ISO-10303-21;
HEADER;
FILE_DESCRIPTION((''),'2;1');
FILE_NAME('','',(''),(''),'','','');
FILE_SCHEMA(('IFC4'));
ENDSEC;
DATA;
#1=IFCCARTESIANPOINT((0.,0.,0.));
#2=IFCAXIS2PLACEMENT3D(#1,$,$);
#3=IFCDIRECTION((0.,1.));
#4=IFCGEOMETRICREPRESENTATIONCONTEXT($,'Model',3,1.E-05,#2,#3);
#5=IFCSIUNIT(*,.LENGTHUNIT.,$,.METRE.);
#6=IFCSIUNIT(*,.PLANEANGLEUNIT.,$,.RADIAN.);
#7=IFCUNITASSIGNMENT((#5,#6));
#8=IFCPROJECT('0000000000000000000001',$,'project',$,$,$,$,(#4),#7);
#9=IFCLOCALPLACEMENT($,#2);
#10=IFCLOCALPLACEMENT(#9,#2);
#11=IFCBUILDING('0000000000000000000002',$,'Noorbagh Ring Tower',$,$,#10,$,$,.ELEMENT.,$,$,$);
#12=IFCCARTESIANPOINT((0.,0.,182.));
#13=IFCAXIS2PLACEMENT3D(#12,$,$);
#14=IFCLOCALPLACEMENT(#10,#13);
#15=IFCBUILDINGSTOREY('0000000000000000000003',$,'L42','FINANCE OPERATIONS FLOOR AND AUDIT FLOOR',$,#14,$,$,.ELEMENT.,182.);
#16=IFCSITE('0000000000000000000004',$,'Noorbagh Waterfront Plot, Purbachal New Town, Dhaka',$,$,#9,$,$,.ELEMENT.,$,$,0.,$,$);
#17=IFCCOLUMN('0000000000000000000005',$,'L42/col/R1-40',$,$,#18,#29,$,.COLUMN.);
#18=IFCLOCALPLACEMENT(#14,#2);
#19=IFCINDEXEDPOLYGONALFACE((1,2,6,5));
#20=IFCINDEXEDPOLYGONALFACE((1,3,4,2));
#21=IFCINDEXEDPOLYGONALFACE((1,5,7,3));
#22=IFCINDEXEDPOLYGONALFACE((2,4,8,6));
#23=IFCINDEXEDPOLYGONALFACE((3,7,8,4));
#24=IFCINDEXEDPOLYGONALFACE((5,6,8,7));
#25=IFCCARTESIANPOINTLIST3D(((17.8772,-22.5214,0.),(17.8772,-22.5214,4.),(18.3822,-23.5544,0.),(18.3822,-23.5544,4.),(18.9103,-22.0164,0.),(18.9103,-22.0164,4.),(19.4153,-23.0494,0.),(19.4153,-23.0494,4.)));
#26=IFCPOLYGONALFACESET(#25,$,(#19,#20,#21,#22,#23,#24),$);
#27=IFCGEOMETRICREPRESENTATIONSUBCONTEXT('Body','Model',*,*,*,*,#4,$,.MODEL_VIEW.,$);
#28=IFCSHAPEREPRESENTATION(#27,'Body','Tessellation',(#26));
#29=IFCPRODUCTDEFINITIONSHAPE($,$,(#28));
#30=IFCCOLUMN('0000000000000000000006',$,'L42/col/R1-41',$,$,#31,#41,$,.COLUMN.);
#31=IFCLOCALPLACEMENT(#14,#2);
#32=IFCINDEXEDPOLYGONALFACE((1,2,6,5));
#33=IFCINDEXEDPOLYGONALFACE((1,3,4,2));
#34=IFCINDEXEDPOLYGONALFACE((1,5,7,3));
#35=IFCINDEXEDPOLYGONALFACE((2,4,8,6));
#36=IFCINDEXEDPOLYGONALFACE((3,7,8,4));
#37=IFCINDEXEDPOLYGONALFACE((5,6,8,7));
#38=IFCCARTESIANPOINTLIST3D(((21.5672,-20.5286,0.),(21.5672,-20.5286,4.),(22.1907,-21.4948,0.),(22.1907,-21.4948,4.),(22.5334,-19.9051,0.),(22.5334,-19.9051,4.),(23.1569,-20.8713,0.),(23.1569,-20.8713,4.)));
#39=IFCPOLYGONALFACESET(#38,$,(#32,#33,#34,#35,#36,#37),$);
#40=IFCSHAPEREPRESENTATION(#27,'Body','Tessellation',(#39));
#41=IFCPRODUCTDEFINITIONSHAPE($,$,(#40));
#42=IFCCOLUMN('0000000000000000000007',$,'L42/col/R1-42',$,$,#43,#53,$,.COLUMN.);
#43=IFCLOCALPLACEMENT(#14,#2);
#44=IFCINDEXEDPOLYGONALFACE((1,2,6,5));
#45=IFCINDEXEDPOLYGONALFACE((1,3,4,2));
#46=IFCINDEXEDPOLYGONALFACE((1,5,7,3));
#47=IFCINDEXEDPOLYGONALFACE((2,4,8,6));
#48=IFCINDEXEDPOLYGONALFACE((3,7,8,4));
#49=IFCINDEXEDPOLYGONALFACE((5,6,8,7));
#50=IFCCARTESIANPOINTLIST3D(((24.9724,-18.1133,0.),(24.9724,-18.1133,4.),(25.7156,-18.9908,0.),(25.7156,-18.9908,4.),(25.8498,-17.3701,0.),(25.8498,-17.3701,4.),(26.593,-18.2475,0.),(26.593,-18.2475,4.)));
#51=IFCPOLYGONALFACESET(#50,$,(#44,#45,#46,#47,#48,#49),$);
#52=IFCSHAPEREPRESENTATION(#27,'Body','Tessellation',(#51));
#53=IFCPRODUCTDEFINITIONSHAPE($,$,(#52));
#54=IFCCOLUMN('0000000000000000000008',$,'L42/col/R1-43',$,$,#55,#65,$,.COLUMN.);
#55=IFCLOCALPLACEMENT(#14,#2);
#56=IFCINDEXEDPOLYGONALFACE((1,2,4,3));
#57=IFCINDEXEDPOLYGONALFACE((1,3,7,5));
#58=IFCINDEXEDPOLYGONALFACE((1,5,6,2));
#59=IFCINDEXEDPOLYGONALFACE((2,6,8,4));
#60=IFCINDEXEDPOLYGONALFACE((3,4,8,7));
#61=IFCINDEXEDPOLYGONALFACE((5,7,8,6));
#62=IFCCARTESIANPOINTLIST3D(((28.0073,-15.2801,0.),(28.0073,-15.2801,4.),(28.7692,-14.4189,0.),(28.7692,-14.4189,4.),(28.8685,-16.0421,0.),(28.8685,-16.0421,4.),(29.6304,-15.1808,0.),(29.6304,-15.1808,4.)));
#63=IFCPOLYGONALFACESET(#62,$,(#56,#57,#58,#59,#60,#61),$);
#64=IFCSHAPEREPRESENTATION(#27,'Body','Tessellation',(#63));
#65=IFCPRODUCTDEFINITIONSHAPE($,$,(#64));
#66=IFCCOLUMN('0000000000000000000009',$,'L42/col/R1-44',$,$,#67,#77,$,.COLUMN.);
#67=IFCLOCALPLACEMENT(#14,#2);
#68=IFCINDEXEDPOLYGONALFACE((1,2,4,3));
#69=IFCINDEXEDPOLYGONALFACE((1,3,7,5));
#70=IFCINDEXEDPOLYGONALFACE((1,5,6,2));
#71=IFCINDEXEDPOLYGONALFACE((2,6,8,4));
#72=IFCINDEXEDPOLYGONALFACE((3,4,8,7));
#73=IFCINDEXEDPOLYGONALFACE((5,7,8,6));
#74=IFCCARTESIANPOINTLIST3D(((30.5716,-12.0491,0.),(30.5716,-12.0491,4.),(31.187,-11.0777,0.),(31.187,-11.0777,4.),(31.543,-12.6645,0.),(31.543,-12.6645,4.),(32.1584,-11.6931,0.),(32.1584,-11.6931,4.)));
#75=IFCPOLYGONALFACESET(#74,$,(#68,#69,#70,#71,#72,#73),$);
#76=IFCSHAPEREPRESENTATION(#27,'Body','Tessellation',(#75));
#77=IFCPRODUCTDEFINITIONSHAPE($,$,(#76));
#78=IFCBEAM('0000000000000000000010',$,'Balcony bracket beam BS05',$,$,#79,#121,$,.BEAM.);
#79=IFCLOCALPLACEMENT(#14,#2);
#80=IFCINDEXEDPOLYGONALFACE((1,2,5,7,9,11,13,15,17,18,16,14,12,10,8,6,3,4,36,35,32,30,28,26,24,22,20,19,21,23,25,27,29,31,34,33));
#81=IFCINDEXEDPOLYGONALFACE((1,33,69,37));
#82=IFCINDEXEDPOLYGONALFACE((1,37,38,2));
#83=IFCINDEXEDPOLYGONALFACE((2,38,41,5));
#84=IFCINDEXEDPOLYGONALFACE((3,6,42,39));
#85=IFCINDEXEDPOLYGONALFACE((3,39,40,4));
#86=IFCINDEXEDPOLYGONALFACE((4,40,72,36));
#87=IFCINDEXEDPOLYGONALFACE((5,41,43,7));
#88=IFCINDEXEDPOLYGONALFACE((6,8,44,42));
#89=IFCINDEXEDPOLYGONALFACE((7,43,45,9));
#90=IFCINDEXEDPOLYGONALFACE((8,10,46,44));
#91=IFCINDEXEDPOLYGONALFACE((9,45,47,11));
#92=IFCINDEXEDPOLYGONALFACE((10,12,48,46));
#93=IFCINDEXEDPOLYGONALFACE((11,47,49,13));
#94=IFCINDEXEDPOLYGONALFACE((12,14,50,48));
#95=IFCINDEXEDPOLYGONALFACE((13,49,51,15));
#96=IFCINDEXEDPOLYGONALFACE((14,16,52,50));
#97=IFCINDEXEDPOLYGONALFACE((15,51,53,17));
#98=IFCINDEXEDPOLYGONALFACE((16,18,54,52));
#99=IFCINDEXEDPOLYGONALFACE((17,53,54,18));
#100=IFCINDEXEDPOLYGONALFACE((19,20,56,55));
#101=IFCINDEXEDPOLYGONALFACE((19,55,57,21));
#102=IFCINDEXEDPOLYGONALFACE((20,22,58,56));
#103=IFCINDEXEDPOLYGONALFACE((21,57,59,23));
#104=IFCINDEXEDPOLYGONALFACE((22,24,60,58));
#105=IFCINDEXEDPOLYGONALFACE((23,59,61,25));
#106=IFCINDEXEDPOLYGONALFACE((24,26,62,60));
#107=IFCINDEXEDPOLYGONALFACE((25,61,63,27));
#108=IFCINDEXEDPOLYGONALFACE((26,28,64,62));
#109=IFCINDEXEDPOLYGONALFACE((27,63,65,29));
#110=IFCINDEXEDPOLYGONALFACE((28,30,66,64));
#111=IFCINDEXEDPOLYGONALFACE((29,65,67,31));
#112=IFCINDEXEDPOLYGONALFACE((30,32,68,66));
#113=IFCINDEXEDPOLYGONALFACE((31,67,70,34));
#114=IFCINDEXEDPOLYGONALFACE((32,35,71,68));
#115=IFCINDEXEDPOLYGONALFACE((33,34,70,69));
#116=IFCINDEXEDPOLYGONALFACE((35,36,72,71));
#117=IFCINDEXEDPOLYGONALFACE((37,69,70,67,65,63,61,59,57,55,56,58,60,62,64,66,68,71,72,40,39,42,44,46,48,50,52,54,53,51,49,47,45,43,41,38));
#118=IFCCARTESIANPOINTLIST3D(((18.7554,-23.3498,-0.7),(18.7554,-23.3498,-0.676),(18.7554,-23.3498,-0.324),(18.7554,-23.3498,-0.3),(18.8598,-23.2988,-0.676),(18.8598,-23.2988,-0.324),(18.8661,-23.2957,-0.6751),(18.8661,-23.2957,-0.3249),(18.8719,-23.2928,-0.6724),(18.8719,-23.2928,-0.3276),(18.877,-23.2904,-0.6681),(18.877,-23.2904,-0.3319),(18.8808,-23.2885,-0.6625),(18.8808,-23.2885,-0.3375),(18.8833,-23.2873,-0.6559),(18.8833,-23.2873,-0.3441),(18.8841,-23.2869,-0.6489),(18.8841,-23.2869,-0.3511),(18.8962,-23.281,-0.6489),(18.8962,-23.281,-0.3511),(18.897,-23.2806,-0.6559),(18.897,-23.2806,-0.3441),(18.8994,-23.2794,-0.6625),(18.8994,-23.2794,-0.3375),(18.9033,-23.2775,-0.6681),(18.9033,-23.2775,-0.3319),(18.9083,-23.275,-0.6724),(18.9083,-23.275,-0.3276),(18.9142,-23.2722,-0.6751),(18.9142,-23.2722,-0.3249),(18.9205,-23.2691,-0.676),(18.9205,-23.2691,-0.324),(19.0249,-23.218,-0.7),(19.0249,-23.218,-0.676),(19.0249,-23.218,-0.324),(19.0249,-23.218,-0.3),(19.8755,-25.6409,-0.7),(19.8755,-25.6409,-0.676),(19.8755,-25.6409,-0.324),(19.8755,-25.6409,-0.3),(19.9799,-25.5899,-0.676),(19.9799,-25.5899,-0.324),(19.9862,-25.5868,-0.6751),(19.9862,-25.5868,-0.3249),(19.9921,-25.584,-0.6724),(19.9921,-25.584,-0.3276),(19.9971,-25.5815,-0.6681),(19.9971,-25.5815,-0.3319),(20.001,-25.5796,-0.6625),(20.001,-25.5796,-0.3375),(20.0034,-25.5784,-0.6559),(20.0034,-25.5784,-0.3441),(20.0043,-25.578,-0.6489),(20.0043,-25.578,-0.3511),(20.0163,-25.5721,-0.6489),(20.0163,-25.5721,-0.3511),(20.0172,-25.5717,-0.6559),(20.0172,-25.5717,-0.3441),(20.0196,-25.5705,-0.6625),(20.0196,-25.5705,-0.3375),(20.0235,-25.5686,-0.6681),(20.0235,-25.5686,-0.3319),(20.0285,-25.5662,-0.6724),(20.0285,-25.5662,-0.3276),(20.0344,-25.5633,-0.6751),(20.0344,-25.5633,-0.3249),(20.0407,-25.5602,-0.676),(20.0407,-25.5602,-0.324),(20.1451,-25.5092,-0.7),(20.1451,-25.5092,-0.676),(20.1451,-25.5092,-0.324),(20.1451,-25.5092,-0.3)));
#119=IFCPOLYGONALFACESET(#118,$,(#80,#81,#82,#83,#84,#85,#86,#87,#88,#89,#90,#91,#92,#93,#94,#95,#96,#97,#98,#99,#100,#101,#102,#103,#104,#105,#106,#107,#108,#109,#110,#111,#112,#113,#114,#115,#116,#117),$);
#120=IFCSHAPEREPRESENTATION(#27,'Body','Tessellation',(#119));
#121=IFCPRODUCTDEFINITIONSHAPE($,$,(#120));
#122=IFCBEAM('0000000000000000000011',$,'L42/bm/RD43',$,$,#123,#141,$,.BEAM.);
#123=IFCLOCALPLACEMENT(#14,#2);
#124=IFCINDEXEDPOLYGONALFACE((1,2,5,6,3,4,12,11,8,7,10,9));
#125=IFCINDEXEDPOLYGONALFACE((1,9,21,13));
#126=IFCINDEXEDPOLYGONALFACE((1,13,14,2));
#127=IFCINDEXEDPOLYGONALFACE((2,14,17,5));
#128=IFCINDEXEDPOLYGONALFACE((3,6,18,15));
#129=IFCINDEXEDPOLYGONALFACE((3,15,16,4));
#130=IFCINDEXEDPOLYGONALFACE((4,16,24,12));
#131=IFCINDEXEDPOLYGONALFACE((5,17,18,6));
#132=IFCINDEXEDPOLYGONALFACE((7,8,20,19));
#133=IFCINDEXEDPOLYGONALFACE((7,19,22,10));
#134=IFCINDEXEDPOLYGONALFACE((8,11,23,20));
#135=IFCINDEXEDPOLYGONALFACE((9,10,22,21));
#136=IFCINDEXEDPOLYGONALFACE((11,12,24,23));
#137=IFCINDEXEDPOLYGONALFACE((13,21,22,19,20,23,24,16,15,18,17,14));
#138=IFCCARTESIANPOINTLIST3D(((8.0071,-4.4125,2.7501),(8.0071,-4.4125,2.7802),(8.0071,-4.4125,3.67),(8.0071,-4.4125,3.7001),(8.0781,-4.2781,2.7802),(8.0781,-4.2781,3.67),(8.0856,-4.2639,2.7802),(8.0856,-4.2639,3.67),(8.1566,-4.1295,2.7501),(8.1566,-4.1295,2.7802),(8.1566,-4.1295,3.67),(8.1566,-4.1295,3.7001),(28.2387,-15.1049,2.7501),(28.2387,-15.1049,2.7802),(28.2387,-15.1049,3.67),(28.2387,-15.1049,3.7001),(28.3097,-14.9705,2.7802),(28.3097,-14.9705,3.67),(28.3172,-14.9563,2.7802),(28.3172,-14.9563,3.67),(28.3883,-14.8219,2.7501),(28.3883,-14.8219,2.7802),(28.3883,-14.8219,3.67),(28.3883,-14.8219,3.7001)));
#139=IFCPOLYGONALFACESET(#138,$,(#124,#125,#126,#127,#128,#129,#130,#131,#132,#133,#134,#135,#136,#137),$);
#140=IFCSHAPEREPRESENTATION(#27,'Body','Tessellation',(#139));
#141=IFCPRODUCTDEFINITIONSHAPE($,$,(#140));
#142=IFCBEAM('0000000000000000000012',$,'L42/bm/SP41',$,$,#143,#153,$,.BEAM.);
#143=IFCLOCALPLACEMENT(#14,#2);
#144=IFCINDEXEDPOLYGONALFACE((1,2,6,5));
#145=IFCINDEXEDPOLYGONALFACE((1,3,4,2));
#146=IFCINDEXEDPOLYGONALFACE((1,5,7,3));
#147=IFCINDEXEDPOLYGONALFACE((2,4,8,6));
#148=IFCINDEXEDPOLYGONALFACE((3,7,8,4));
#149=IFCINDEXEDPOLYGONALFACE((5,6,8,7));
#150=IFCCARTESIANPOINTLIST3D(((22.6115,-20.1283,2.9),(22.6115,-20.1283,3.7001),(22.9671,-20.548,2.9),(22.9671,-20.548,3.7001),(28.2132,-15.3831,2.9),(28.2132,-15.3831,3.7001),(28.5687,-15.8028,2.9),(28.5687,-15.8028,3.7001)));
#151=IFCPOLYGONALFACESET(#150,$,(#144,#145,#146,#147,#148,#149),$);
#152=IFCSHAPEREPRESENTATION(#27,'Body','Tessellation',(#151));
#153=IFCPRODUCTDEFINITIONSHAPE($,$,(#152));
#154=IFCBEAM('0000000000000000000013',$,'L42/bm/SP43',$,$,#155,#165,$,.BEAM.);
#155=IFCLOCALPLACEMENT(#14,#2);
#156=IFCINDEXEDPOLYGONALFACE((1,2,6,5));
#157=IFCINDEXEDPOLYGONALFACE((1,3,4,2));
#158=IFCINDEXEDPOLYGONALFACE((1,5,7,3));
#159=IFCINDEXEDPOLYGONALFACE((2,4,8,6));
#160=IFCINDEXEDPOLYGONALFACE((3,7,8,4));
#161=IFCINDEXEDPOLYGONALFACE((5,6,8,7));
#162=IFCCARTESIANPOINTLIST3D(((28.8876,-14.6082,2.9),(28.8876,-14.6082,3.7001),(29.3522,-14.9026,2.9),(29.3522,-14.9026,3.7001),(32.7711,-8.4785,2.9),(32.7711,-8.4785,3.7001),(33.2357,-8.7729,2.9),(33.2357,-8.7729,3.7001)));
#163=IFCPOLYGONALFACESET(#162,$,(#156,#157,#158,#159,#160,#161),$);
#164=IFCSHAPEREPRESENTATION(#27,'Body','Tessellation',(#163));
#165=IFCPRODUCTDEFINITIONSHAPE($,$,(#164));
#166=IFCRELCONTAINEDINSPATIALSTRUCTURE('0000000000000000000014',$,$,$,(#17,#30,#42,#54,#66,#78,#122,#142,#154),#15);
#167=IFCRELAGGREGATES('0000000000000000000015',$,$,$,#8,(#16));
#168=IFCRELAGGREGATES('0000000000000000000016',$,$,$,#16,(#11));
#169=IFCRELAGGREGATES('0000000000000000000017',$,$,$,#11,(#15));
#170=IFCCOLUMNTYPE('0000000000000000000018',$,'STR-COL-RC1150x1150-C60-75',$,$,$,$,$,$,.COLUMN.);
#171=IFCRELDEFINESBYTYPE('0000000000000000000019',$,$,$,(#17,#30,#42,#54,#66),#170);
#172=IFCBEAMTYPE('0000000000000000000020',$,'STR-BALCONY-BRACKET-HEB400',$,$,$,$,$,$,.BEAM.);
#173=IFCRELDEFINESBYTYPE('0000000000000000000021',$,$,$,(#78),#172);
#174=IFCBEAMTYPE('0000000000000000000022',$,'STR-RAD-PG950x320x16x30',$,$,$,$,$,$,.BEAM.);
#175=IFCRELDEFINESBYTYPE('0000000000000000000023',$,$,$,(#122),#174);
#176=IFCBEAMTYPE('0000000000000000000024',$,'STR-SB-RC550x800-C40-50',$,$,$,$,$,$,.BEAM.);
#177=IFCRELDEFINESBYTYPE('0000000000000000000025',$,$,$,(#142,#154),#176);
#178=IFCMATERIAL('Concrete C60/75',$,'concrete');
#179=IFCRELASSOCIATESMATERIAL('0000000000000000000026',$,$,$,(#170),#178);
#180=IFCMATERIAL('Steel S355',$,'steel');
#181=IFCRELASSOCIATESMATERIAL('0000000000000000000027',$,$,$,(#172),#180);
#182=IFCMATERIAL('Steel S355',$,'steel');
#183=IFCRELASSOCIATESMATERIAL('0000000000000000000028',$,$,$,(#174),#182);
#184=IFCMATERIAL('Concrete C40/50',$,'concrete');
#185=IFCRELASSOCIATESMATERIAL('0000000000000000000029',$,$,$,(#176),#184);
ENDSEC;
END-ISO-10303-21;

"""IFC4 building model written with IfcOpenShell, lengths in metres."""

from ifc_helpers import new_model, si_unit, direction, frame, origin, origin_2d, place, context, subcontext, project, spatial, rectangle, i_section, extrude, material, material_profile, profile_set, type_object, element, save


model = new_model("IFC4")

# Units and contexts
model_context = context("Model", 3, precision=1e-05, world=origin(), true_north=direction((0.0, 1.0)))
body_context = subcontext(model_context, "Body", "Model", "MODEL_VIEW")
ifc_project = project(units=[si_unit("LENGTHUNIT", "METRE"), si_unit("PLANEANGLEUNIT", "RADIAN")], contexts=[model_context])

# Site, building, storey
site_placement = place(None, origin())
site = spatial("IfcSite", under=ifc_project, at=site_placement, Name="Noorbagh Waterfront Plot, Purbachal New Town, Dhaka", CompositionType="ELEMENT", RefElevation=0.0)
building_placement = place(site_placement, origin())
building = spatial("IfcBuilding", under=site, at=building_placement, Name="Noorbagh Ring Tower", CompositionType="ELEMENT")
storey_placement = place(building_placement, frame((0.0, 0.0, 182.0)))
storey = spatial("IfcBuildingStorey", under=building, at=storey_placement, Name="L42", Description="FINANCE OPERATIONS FLOOR AND AUDIT FLOOR", CompositionType="ELEMENT", Elevation=182.0)

# Columns
ifc_material_1 = material(Name="Concrete C60/75", Category="concrete")
ifc_material_profile_1 = material_profile(ifc_material_1, rectangle(XDim=1.1499, YDim=1.1499, at=origin_2d()), Name="RC1150x1150")
ifc_profile_set_1 = profile_set([ifc_material_profile_1], Name="Concrete C60/75")
column_type = type_object("IfcColumnType", Name="STR-COL-RC1150x1150-C60-75", PredefinedType="COLUMN", material=ifc_profile_set_1)
for number, where, z_axis, x_axis, name in (
    (1, (18.6462, -22.7854, 0.0), (0.0, 0.0, 1.0), (0.898399, 0.43918, 0.0), "L42/col/R1-40"),
    (2, (22.3621, -20.7, 0.0), (0.0, 0.0, 1.0), (0.840248, 0.542203, 0.0), "L42/col/R1-41"),
    (3, (25.7827, -18.1804, 0.0), (0.0, 0.0, 1.0), (0.763035, 0.646357, 0.0), "L42/col/R1-42"),
    (4, (28.8188, -15.2305, 0.0), (0.0, 0.0, 1.0), (0.662636, 0.748942, 0.0), "L42/col/R1-43"),
    (5, (31.365, -11.8711, 0.0), (0.0, 0.0, 1.0), (0.53519, 0.844731, 0.0), "L42/col/R1-44"),
):
    element("IfcColumn", number, at=place(storey_placement, frame(where, z_axis=z_axis, x_axis=x_axis)), inside=storey, type_object=column_type, Name=name, PredefinedType="COLUMN", context=body_context, shape_type="SweptSolid", body=[
        extrude(rectangle(XDim=1.1499, YDim=1.1499, at=origin_2d()), origin(), (0.0, 0.0, 1.0), 4.0),
    ])

# Beams
ifc_material_2 = material(Name="Steel S355", Category="steel")
ifc_material_profile_2 = material_profile(ifc_material_2, i_section(OverallWidth=0.3, OverallDepth=0.3999, WebThickness=0.0134, FlangeThickness=0.0239, FilletRadius=0.0271, at=origin_2d()), Name="HEB400")
ifc_profile_set_2 = profile_set([ifc_material_profile_2], Name="Steel S355")
beam_type_1 = type_object("IfcBeamType", Name="STR-BALCONY-BRACKET-HEB400", PredefinedType="BEAM", material=ifc_profile_set_2)
beam_1_placement = place(storey_placement, frame((18.8901, -23.2839, -0.5), z_axis=(0.439231, -0.898374, 0.0), x_axis=(0.898374, 0.439231, 0.0)))
element("IfcBeam", 6, at=beam_1_placement, inside=storey, type_object=beam_type_1, Name="Balcony bracket beam BS05", PredefinedType="BEAM", context=body_context, shape_type="SweptSolid", body=[
    extrude(i_section(OverallWidth=0.3, OverallDepth=0.3999, WebThickness=0.0134, FlangeThickness=0.0239, FilletRadius=0.0271, at=origin_2d()), origin(), (0.0, 0.0, 1.0), 2.5503),
])
ifc_material_3 = material(Name="Steel S355", Category="steel")
ifc_material_profile_3 = material_profile(ifc_material_3, i_section(OverallWidth=0.3201, OverallDepth=0.95, WebThickness=0.0161, FlangeThickness=0.03, at=origin_2d()), Name="PG950x320x16x30")
ifc_profile_set_3 = profile_set([ifc_material_profile_3], Name="Steel S355")
beam_type_2 = type_object("IfcBeamType", Name="STR-RAD-PG950x320x16x30", PredefinedType="BEAM", material=ifc_profile_set_3)
beam_2_placement = place(storey_placement, frame((28.3135, -14.9634, 3.2251), z_axis=(-0.884122, 0.467256, 0.0), x_axis=(-0.467256, -0.884122, 0.0)))
element("IfcBeam", 7, at=beam_2_placement, inside=storey, type_object=beam_type_2, Name="L42/bm/RD43", PredefinedType="BEAM", context=body_context, shape_type="SweptSolid", body=[
    extrude(i_section(OverallWidth=0.3201, OverallDepth=0.95, WebThickness=0.0161, FlangeThickness=0.03, at=origin_2d()), origin(), (0.0, 0.0, 1.0), 22.8833),
])
ifc_material_4 = material(Name="Concrete C40/50", Category="concrete")
ifc_material_profile_4 = material_profile(ifc_material_4, rectangle(XDim=0.55, YDim=0.8, at=origin_2d()), Name="RC550x800")
ifc_profile_set_4 = profile_set([ifc_material_profile_4], Name="Concrete C40/50")
beam_type_3 = type_object("IfcBeamType", Name="STR-SB-RC550x800-C40-50", PredefinedType="BEAM", material=ifc_profile_set_4)
beam_3_placement = place(storey_placement, frame((22.7893, -20.3381, 3.3), z_axis=(0.763028, 0.646366, 0.0), x_axis=(-0.646366, 0.763028, 0.0)))
element("IfcBeam", 8, at=beam_3_placement, inside=storey, type_object=beam_type_3, Name="L42/bm/SP41", PredefinedType="BEAM", context=body_context, shape_type="SweptSolid", body=[
    extrude(rectangle(XDim=0.55, YDim=0.8, at=origin_2d()), origin(), (0.0, 0.0, 1.0), 7.3413),
])
beam_4_placement = place(storey_placement, frame((29.1199, -14.7554, 3.3), z_axis=(0.535194, 0.844729, 0.0), x_axis=(-0.844729, 0.535194, 0.0)))
element("IfcBeam", 9, at=beam_4_placement, inside=storey, type_object=beam_type_3, Name="L42/bm/SP43", PredefinedType="BEAM", context=body_context, shape_type="SweptSolid", body=[
    extrude(rectangle(XDim=0.55, YDim=0.8, at=origin_2d()), origin(), (0.0, 0.0, 1.0), 7.2563),
])

save(model, "model.ifc")
